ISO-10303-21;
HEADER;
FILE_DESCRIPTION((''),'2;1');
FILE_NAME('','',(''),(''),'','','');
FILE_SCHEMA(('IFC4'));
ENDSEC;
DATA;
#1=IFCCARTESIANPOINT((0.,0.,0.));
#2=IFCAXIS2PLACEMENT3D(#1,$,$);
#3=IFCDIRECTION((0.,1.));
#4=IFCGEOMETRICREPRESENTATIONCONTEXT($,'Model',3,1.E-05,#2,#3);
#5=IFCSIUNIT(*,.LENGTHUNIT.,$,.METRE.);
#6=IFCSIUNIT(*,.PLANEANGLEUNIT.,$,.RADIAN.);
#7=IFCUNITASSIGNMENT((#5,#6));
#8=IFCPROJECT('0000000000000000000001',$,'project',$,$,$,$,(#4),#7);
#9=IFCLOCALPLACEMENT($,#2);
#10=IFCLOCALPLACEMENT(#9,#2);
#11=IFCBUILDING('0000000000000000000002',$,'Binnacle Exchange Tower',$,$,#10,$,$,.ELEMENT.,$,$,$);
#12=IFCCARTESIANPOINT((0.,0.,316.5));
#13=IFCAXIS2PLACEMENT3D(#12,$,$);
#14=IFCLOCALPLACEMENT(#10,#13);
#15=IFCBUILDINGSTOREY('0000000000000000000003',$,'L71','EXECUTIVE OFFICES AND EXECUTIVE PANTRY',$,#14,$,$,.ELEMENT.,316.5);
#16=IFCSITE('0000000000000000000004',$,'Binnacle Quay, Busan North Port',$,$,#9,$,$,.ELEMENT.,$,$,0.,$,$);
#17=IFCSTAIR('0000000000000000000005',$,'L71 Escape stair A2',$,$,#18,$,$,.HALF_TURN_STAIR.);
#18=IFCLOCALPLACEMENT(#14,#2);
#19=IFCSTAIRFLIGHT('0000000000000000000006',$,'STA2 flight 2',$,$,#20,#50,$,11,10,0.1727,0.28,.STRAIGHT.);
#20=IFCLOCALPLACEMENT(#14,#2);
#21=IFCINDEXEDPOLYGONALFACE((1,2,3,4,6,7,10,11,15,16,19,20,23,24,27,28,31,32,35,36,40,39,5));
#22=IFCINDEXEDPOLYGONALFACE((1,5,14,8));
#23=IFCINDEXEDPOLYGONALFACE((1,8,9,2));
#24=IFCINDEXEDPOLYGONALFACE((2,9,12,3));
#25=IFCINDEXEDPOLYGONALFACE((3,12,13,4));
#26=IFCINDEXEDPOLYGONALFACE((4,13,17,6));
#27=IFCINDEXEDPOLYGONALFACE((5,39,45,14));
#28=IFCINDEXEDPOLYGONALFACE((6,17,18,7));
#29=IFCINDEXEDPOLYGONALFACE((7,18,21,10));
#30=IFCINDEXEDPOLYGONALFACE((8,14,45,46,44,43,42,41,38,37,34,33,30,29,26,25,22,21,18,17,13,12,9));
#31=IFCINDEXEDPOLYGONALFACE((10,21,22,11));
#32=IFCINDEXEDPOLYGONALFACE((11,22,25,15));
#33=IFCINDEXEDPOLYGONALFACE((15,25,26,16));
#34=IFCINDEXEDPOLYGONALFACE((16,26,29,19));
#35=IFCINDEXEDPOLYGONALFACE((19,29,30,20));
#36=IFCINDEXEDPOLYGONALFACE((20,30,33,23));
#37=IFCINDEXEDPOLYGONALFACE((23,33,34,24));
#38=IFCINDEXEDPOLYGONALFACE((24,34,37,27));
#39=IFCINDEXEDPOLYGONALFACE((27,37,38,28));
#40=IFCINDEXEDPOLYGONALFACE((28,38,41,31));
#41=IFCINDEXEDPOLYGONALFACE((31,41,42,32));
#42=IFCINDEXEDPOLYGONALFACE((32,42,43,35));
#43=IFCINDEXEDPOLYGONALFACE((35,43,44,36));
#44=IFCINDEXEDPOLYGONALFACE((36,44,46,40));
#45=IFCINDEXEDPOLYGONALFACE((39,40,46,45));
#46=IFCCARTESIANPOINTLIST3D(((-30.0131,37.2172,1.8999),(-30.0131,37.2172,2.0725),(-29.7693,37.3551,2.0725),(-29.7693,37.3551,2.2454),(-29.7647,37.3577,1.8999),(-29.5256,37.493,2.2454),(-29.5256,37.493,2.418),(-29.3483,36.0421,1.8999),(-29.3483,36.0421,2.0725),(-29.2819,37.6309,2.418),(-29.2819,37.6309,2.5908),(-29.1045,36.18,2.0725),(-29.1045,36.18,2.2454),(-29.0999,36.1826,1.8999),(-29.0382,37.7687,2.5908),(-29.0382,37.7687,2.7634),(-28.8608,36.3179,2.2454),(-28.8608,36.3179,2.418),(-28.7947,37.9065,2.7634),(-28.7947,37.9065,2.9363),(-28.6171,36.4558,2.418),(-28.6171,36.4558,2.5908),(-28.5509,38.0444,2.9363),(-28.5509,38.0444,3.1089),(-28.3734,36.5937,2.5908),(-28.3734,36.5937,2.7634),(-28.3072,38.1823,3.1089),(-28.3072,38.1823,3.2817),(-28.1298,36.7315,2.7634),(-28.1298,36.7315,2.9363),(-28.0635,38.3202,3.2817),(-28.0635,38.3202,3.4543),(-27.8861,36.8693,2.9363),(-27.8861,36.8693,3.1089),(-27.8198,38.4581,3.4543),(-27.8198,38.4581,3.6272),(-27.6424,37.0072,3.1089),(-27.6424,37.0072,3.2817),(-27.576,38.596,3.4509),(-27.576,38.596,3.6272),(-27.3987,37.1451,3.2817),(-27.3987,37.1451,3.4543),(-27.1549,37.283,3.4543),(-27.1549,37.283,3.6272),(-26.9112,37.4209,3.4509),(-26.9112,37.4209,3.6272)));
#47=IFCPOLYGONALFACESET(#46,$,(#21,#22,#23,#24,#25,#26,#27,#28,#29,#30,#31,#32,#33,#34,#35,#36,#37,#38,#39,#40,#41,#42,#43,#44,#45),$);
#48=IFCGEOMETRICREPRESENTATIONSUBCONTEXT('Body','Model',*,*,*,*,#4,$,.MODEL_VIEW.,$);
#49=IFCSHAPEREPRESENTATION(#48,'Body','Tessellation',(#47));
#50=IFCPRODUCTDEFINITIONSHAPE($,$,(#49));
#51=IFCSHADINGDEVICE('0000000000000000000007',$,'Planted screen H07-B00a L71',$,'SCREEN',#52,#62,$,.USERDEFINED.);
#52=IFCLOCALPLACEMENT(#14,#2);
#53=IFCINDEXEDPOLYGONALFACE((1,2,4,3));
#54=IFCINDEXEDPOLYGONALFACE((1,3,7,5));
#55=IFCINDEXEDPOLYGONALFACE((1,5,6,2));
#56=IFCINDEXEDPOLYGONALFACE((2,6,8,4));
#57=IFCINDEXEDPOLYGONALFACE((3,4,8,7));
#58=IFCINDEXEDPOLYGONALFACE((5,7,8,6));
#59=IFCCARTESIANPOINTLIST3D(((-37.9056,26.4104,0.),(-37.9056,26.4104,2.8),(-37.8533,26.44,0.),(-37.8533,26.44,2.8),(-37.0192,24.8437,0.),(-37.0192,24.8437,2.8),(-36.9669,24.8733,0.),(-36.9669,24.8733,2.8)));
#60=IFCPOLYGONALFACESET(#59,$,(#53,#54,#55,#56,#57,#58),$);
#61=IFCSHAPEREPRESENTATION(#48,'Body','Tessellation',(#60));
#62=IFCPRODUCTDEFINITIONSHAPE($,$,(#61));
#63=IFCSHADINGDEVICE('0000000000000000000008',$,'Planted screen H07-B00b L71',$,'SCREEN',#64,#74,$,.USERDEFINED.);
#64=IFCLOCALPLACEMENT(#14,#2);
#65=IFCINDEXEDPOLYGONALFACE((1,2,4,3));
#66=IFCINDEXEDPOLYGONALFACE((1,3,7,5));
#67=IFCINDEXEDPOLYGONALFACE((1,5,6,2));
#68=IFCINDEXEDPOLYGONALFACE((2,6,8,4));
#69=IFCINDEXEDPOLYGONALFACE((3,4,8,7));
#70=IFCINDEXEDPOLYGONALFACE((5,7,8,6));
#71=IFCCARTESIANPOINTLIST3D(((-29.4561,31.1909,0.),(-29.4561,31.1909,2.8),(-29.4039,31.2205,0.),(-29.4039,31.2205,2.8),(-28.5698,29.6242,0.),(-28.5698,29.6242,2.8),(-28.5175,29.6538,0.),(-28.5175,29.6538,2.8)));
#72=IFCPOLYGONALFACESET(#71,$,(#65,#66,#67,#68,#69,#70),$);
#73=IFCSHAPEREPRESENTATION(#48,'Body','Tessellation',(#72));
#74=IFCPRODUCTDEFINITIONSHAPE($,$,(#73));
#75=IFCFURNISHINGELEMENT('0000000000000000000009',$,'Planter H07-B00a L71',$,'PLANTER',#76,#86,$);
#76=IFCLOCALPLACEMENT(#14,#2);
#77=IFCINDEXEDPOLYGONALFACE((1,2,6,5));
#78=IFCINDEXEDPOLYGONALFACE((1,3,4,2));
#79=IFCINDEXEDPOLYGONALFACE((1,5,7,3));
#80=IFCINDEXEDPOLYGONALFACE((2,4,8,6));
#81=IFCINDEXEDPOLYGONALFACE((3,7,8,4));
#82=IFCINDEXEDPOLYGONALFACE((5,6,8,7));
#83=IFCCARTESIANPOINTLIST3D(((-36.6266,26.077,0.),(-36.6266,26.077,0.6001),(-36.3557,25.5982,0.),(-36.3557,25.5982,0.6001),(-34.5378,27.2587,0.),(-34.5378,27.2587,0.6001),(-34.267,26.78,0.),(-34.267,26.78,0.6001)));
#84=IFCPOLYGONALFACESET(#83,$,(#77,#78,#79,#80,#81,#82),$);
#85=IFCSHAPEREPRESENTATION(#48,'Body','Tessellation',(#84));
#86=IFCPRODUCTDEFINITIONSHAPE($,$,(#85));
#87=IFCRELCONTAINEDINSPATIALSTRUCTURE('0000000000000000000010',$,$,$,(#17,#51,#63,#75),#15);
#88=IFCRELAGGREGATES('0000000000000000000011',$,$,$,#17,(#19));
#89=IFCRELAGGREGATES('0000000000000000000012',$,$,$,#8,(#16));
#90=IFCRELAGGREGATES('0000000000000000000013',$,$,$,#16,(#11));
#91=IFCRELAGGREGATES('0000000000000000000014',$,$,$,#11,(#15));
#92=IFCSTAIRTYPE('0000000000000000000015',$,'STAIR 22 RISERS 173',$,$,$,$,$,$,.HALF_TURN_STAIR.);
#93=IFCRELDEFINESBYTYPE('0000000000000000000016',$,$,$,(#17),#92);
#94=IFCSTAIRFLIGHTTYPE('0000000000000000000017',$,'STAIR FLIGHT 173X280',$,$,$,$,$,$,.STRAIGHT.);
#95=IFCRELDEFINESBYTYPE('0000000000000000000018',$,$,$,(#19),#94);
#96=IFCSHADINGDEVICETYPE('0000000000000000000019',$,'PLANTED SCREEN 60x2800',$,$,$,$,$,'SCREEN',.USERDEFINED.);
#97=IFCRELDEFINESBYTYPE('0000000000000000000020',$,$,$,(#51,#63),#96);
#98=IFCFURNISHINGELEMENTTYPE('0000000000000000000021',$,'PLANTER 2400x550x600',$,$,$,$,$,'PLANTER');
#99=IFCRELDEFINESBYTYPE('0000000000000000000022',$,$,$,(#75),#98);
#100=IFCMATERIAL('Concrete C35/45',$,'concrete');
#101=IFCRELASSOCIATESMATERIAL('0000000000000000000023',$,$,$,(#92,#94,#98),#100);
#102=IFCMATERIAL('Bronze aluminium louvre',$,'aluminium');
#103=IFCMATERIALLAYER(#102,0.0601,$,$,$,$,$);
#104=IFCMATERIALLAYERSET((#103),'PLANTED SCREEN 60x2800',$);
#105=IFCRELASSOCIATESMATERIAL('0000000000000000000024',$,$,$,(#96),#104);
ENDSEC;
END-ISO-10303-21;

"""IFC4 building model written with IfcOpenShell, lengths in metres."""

from ifc_helpers import new_model, si_unit, direction, frame, origin, origin_2d, place, context, subcontext, project, spatial, polyline, rectangle, outline, extrude, material, layer, layer_set, type_object, element, aggregate, save


model = new_model("IFC4")

# Units and contexts
model_context = context("Model", 3, precision=1e-05, world=origin(), true_north=direction((0.0, 1.0)))
body_context = subcontext(model_context, "Body", "Model", "MODEL_VIEW")
ifc_project = project(units=[si_unit("LENGTHUNIT", "METRE"), si_unit("PLANEANGLEUNIT", "RADIAN")], contexts=[model_context])

# Site, building, storey
site_placement = place(None, origin())
site = spatial("IfcSite", under=ifc_project, at=site_placement, Name="Binnacle Quay, Busan North Port", CompositionType="ELEMENT", RefElevation=0.0)
building_placement = place(site_placement, origin())
building = spatial("IfcBuilding", under=site, at=building_placement, Name="Binnacle Exchange Tower", CompositionType="ELEMENT")
storey_placement = place(building_placement, frame((0.0, 0.0, 316.5)))
storey = spatial("IfcBuildingStorey", under=building, at=storey_placement, Name="L71", Description="EXECUTIVE OFFICES AND EXECUTIVE PANTRY", CompositionType="ELEMENT", Elevation=316.5)

# Stair, stair flight
ifc_material_1 = material(Name="Concrete C35/45", Category="concrete")
stair_type = type_object("IfcStairType", Name="STAIR 22 RISERS 173", PredefinedType="HALF_TURN_STAIR", material=ifc_material_1)
stair_placement = place(storey_placement, origin())
stair = element("IfcStair", 1, at=stair_placement, inside=storey, type_object=stair_type, Name="L71 Escape stair A2", PredefinedType="HALF_TURN_STAIR")
stair_flight_type = type_object("IfcStairFlightType", Name="STAIR FLIGHT 173X280", PredefinedType="STRAIGHT", material=ifc_material_1)
stair_flight_placement = place(storey_placement, frame((-29.6807, 36.6296, 1.8999), z_axis=(0.0, 0.0, 1.0), x_axis=(0.870356, 0.492424, 0.0)))
stair_flight = element("IfcStairFlight", 2, at=stair_flight_placement, type_object=stair_flight_type, Name="STA2 flight 2", NumberOfRisers=11, NumberOfTreads=10, PredefinedType="STRAIGHT", RiserHeight=0.1727, TreadLength=0.28, context=body_context, shape_type="SweptSolid", body=[
    extrude(outline(polyline([(0.0, 0.0), (0.0, 0.1726), (0.28, 0.1726), (0.28, 0.3455), (0.5601, 0.3455), (0.5601, 0.5181), (0.8401, 0.5181), (0.8401, 0.6909), (1.1201, 0.6909), (1.1201, 0.8635), (1.3999, 0.8635), (1.3999, 1.0364), (1.6799, 1.0364), (1.6799, 1.209), (1.96, 1.209), (1.96, 1.3818), (2.24, 1.3818), (2.24, 1.5544), (2.52, 1.5544), (2.52, 1.7273), (2.8, 1.7273), (2.8, 1.8999), (2.8, 1.551), (0.2854, 0.0), (0.0, 0.0)])), frame((0.0, 0.675, 0.0), z_axis=(0.0, -1.0, 0.0), x_axis=(1.0, 0.0, 0.0)), (0.0, 0.0, 1.0), 1.3501),
])
aggregate(stair, [stair_flight])

# Shading devices
ifc_material_2 = material(Name="Bronze aluminium louvre", Category="aluminium")
ifc_layer_1 = layer(ifc_material_2, 0.0601)
ifc_layer_set_1 = layer_set([ifc_layer_1], Name="PLANTED SCREEN 60x2800")
shading_device_type = type_object("IfcShadingDeviceType", Name="PLANTED SCREEN 60x2800", ElementType="SCREEN", PredefinedType="USERDEFINED", material=ifc_layer_set_1)
for number, where, z_axis, x_axis, name in (
    (3, (-37.4363, 25.6418, 0.0), (0.0, 0.0, 1.0), (0.870356, 0.492424, 0.0), "Planted screen H07-B00a L71"),
    (4, (-28.9868, 30.4224, 0.0), (0.0, 0.0, 1.0), (0.870356, 0.492424, 0.0), "Planted screen H07-B00b L71"),
):
    element("IfcShadingDevice", number, at=place(storey_placement, frame(where, z_axis=z_axis, x_axis=x_axis)), inside=storey, type_object=shading_device_type, Name=name, ObjectType="SCREEN", PredefinedType="USERDEFINED", context=body_context, shape_type="SweptSolid", body=[
        extrude(rectangle(XDim=0.0601, YDim=1.8, at=origin_2d()), origin(), (0.0, 0.0, 1.0), 2.8),
    ])

# Furnishing element
furnishing_element_type = type_object("IfcFurnishingElementType", Name="PLANTER 2400x550x600", ElementType="PLANTER", material=ifc_material_1)
furnishing_placement = place(storey_placement, frame((-35.4468, 26.4285, 0.0), z_axis=(0.0, 0.0, 1.0), x_axis=(0.870356, 0.492424, 0.0)))
element("IfcFurnishingElement", 5, at=furnishing_placement, inside=storey, type_object=furnishing_element_type, Name="Planter H07-B00a L71", ObjectType="PLANTER", context=body_context, shape_type="SweptSolid", body=[
    extrude(rectangle(XDim=2.3999, YDim=0.55, at=origin_2d()), origin(), (0.0, 0.0, 1.0), 0.6001),
])

save(model, "model.ifc")
